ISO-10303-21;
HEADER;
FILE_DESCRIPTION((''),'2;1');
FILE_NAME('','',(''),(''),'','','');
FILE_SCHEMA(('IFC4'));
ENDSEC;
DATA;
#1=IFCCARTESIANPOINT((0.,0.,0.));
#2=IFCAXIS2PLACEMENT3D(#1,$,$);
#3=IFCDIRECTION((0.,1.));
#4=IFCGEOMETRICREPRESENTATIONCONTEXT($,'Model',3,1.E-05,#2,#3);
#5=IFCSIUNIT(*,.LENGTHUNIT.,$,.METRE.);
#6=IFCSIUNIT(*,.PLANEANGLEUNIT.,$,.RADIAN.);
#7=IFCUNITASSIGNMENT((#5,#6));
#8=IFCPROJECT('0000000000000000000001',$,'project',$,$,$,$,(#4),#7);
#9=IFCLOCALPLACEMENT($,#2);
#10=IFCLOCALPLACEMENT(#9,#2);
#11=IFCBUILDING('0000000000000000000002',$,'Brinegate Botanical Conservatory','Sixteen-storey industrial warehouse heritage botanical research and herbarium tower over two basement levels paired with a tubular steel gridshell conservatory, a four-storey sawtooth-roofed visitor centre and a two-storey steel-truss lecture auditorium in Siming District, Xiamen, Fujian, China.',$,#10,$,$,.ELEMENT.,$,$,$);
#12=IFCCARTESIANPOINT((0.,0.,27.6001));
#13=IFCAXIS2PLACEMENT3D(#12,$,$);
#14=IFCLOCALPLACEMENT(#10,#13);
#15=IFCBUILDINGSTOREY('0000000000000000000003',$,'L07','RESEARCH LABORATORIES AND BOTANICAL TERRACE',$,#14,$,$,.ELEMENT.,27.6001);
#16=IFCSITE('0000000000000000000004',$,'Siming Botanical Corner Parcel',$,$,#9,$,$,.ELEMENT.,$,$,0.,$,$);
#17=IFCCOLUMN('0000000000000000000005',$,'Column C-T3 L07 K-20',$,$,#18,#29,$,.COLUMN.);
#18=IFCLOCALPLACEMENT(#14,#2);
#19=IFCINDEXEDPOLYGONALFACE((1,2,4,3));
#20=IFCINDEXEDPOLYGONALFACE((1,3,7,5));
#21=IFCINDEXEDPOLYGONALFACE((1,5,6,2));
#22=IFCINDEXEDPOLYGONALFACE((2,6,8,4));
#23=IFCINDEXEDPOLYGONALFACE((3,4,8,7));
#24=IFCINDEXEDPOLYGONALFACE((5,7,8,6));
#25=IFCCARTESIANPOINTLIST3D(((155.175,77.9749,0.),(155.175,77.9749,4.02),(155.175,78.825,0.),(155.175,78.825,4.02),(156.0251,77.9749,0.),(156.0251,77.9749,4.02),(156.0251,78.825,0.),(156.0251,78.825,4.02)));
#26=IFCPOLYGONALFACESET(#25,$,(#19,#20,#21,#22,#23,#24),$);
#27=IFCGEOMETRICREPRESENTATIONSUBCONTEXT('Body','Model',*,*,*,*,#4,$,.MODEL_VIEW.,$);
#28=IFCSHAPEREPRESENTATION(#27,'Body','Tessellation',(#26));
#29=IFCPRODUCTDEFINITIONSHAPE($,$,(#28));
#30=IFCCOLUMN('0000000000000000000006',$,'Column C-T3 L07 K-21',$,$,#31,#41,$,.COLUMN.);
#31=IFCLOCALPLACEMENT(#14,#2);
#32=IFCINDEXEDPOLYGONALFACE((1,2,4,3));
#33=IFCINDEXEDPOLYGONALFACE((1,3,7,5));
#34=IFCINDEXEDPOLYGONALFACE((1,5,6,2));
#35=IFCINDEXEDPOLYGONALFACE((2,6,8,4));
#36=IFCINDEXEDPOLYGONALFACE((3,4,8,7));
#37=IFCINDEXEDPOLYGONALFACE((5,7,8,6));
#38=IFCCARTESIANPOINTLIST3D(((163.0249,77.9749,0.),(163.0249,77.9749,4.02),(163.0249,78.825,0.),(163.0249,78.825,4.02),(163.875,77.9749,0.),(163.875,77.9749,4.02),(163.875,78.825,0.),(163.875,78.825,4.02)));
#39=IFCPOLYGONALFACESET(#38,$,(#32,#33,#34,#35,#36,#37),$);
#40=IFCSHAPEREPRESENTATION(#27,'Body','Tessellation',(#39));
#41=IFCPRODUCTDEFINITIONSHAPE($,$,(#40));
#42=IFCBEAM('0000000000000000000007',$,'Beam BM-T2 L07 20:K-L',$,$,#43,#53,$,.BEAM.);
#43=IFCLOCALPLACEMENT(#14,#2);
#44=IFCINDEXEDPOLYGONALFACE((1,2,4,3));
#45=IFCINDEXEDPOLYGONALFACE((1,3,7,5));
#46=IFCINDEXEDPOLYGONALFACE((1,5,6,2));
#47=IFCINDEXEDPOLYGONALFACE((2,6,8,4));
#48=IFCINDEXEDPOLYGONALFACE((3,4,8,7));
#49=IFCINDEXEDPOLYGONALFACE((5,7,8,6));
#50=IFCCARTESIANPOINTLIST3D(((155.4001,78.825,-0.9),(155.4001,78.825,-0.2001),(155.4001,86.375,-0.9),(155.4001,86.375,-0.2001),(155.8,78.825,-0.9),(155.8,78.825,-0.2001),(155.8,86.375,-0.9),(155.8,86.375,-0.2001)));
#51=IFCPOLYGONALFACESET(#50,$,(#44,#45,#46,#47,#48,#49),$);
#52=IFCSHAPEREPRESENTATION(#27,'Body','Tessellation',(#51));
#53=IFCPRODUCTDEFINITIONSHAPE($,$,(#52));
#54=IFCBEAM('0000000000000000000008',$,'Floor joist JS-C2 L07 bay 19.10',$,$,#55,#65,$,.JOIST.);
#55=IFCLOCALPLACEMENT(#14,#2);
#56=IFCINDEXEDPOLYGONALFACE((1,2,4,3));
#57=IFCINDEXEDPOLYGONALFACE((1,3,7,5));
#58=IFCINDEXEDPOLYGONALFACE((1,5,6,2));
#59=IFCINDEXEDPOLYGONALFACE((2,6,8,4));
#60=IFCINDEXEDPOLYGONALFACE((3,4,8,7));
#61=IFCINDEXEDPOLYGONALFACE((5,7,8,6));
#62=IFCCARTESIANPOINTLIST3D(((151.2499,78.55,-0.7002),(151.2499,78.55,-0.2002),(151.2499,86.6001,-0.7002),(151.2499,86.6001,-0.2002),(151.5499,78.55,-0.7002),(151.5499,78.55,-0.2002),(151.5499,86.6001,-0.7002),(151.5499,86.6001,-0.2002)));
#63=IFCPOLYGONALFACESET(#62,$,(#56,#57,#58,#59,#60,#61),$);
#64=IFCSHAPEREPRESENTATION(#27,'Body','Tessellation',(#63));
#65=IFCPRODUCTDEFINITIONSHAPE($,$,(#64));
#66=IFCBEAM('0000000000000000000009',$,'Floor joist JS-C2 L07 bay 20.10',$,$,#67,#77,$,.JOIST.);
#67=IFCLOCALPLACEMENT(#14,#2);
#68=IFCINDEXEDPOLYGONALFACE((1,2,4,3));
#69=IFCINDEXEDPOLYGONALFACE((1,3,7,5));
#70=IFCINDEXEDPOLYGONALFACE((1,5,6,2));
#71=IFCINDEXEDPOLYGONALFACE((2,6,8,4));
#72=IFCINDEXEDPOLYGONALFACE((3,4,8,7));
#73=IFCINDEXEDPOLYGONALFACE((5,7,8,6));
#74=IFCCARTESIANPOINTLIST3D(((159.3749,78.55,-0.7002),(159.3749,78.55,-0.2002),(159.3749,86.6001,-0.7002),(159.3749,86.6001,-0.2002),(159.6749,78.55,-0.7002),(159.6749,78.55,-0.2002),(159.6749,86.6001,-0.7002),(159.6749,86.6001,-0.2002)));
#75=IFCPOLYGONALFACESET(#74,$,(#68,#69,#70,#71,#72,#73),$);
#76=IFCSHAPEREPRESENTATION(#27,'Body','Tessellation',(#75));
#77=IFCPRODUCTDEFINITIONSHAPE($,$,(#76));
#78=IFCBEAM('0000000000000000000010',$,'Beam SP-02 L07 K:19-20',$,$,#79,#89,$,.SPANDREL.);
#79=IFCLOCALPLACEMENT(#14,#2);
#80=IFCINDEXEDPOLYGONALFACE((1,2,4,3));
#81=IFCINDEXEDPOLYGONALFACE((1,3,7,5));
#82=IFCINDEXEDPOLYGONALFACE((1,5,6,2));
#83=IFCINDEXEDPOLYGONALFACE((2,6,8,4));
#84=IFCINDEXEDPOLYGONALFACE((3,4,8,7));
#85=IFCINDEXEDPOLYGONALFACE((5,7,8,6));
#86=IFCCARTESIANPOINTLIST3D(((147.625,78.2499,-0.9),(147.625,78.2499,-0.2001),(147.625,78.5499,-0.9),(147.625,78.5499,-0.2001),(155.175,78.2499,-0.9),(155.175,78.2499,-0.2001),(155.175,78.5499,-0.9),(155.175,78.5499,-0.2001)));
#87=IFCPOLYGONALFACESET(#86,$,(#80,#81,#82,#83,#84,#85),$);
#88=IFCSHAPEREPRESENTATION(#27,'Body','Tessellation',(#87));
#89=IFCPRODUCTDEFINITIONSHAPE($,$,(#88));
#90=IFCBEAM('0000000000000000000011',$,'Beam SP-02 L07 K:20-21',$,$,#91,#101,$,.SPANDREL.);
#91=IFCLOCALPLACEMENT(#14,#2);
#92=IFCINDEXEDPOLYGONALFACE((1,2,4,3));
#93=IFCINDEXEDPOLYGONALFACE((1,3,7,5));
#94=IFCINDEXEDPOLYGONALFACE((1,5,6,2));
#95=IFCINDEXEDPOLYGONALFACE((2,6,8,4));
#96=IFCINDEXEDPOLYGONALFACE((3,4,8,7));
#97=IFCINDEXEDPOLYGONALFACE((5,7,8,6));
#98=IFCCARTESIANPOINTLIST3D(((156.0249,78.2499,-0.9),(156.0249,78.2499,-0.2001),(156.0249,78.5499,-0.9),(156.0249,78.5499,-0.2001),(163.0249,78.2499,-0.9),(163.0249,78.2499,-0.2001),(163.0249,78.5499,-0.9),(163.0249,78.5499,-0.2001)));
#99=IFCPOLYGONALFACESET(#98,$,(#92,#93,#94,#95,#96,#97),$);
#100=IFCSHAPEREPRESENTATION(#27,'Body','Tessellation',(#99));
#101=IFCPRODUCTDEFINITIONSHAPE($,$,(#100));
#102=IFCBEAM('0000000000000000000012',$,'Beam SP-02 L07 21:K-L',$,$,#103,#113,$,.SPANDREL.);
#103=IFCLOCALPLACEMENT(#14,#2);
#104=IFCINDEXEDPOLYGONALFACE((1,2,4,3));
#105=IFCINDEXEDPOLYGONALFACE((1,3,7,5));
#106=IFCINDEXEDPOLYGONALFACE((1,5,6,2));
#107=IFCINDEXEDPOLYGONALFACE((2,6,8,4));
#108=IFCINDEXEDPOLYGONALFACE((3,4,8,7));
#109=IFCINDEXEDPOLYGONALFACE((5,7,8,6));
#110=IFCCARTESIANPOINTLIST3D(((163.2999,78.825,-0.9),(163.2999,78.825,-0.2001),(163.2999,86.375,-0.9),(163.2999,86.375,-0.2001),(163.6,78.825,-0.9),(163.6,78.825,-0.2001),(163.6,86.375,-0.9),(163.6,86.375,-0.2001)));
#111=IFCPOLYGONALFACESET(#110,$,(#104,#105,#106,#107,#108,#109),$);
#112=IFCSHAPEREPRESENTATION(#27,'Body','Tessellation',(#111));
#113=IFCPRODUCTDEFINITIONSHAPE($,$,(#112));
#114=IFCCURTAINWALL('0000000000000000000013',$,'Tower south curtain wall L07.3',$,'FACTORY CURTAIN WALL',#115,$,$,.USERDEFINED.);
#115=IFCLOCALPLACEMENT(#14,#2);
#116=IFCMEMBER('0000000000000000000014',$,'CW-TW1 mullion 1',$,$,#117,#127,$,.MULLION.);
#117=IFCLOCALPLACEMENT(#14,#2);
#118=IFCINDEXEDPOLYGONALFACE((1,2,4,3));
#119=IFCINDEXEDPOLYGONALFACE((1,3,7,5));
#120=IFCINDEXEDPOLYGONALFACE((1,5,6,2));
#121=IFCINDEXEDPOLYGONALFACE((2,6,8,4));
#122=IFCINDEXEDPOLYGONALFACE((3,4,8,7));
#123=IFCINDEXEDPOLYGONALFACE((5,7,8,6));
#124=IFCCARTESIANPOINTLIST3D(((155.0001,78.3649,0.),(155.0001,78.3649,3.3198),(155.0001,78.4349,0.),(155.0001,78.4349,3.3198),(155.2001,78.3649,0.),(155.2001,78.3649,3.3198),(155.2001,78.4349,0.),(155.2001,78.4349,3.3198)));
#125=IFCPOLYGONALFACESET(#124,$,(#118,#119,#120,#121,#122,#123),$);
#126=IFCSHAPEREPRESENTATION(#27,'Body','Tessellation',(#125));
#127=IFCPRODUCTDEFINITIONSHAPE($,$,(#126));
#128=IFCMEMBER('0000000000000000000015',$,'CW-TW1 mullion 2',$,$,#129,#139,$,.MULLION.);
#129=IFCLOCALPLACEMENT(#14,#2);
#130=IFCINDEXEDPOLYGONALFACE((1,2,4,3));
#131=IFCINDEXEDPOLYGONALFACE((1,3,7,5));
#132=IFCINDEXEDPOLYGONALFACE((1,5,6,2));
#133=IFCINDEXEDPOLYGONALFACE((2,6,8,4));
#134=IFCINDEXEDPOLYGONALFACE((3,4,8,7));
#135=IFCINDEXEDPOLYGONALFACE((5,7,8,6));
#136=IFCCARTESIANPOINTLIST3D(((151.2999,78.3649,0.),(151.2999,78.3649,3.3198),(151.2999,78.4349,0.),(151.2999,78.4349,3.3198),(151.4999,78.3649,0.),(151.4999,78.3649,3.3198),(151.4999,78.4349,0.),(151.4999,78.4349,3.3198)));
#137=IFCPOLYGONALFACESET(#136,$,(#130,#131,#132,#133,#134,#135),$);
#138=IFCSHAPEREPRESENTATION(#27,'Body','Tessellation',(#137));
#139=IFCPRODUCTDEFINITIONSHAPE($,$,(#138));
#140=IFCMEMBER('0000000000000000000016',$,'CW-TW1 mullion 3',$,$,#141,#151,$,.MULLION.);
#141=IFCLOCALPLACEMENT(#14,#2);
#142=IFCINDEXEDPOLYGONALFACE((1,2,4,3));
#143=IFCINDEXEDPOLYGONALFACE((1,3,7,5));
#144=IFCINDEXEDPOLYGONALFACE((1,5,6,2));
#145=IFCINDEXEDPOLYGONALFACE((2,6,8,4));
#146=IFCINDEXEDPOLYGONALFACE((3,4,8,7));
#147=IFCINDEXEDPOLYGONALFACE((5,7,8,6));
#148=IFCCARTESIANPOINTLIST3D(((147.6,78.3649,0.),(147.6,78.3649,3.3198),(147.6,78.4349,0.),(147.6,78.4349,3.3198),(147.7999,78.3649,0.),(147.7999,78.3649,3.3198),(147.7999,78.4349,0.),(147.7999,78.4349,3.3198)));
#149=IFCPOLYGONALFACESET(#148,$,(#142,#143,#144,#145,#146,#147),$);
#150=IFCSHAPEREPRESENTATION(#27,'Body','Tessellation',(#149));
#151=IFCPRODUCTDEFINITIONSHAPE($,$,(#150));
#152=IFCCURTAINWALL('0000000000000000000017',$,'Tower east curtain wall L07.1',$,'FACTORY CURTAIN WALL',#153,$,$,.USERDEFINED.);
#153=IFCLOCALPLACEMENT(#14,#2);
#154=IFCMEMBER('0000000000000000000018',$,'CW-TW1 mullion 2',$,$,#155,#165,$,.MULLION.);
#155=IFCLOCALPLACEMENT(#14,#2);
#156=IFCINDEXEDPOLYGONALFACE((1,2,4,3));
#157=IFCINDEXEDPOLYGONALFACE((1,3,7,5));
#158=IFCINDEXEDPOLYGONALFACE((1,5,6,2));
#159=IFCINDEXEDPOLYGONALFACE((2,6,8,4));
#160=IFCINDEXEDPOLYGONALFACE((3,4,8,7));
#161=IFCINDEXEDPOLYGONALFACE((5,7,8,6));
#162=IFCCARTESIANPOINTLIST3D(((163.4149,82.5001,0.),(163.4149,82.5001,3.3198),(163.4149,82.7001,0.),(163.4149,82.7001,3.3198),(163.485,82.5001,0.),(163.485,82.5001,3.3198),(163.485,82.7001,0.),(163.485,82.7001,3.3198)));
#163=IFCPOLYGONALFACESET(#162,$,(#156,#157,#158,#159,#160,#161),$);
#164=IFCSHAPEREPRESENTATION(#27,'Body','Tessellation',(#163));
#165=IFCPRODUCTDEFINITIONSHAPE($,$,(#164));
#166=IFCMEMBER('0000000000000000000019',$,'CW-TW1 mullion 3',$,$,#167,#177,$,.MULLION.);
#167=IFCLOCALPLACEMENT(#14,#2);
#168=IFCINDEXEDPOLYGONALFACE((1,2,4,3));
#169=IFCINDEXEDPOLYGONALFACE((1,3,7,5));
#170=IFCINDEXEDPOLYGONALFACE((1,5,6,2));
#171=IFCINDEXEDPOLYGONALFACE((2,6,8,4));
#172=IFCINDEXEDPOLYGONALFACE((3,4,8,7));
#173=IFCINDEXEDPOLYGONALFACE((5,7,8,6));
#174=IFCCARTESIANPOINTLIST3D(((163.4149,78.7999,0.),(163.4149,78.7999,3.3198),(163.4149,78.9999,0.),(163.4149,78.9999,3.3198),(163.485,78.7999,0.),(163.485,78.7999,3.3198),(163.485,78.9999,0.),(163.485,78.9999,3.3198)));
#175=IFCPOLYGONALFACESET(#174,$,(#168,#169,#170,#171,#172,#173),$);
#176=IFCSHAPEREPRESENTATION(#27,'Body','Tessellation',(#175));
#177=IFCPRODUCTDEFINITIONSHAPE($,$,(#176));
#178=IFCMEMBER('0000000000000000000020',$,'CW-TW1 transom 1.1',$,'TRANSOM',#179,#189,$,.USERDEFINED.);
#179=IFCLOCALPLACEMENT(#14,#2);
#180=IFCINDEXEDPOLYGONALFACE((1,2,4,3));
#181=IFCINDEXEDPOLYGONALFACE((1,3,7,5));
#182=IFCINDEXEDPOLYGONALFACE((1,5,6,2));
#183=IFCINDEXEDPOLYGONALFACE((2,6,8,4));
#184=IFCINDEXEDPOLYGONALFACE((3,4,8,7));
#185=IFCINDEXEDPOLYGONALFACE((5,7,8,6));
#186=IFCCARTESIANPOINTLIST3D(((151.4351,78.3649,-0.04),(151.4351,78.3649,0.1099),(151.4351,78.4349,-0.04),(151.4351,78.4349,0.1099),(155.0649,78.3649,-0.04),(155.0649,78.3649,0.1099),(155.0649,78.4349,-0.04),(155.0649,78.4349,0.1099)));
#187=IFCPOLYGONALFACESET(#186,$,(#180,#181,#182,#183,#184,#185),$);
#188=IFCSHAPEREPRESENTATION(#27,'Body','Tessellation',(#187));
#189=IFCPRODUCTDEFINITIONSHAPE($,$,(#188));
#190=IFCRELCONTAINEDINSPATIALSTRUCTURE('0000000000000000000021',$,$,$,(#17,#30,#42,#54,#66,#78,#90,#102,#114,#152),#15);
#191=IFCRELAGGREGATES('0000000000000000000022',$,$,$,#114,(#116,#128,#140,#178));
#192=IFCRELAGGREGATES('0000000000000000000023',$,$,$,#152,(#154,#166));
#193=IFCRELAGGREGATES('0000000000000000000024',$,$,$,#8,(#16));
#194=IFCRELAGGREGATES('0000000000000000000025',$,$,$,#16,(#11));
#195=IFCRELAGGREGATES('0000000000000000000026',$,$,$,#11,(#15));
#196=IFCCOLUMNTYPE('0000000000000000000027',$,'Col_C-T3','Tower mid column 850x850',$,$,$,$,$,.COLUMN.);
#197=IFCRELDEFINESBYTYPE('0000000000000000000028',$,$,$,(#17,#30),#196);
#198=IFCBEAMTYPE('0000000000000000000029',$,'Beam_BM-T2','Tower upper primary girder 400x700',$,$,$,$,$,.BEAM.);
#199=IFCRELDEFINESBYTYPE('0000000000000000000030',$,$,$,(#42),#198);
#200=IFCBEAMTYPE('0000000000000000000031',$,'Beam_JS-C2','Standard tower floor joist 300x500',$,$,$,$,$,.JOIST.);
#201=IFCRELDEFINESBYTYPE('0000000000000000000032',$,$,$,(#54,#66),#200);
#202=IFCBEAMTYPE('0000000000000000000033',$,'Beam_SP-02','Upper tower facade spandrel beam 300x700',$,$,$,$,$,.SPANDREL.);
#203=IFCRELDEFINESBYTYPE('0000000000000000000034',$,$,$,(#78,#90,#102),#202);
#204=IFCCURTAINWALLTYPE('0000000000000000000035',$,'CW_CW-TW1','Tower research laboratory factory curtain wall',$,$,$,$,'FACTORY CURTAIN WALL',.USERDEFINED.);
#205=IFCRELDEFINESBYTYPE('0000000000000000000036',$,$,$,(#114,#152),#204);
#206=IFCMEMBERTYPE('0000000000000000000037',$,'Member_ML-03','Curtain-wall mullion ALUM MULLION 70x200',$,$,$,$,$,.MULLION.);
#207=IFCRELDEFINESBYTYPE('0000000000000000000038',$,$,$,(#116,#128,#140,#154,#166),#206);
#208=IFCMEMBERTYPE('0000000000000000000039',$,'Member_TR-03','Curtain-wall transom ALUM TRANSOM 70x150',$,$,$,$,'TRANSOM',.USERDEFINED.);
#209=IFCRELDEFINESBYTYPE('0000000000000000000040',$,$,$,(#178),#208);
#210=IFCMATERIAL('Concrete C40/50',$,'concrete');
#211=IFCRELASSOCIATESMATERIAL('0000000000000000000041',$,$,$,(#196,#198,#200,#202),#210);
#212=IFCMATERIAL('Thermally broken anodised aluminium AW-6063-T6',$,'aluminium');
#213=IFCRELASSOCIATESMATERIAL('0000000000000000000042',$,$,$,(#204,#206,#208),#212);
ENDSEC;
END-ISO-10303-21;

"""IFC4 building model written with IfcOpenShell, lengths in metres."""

from ifc_helpers import new_model, si_unit, direction, frame, origin, origin_2d, place, context, subcontext, project, spatial, rectangle, extrude, material, material_profile, profile_set, type_object, element, aggregate, save


model = new_model("IFC4")

# Units and contexts
model_context = context("Model", 3, precision=1e-05, world=origin(), true_north=direction((0.0, 1.0)))
body_context = subcontext(model_context, "Body", "Model", "MODEL_VIEW")
ifc_project = project(units=[si_unit("LENGTHUNIT", "METRE"), si_unit("PLANEANGLEUNIT", "RADIAN")], contexts=[model_context])

# Site, building, storey
site_placement = place(None, origin())
site = spatial("IfcSite", under=ifc_project, at=site_placement, Name="Siming Botanical Corner Parcel", CompositionType="ELEMENT", RefElevation=0.0)
building_placement = place(site_placement, origin())
building = spatial("IfcBuilding", under=site, at=building_placement, Name="Brinegate Botanical Conservatory", Description="Sixteen-storey industrial warehouse heritage botanical research and herbarium tower over two basement levels paired with a tubular steel gridshell conservatory, a four-storey sawtooth-roofed visitor centre and a two-storey steel-truss lecture auditorium in Siming District, Xiamen, Fujian, China.", CompositionType="ELEMENT")
storey_placement = place(building_placement, frame((0.0, 0.0, 27.6001)))
storey = spatial("IfcBuildingStorey", under=building, at=storey_placement, Name="L07", Description="RESEARCH LABORATORIES AND BOTANICAL TERRACE", CompositionType="ELEMENT", Elevation=27.6001)

# Columns
ifc_material_1 = material(Name="Concrete C40/50", Category="concrete")
ifc_material_profile_1 = material_profile(ifc_material_1, rectangle(XDim=0.8501, YDim=0.8501, at=origin_2d()), Name="RC COL 850x850")
ifc_profile_set_1 = profile_set([ifc_material_profile_1], Name="Concrete C40/50")
column_type = type_object("IfcColumnType", Name="Col_C-T3", Description="Tower mid column 850x850", PredefinedType="COLUMN", material=ifc_profile_set_1)
for number, where, z_axis, x_axis, name in (
    (1, (155.6001, 78.3999, 0.0), (0.0, 0.0, 1.0), (1.0, 0.0, 0.0), "Column C-T3 L07 K-20"),
    (2, (163.45, 78.3999, 0.0), (0.0, 0.0, 1.0), (1.0, 0.0, 0.0), "Column C-T3 L07 K-21"),
):
    element("IfcColumn", number, at=place(storey_placement, frame(where, z_axis=z_axis, x_axis=x_axis)), inside=storey, type_object=column_type, Name=name, PredefinedType="COLUMN", context=body_context, shape_type="SweptSolid", body=[
        extrude(rectangle(XDim=0.8501, YDim=0.8501, at=origin_2d()), origin(), (0.0, 0.0, 1.0), 4.02),
    ])

# Beams
ifc_material_profile_2 = material_profile(ifc_material_1, rectangle(XDim=0.3999, YDim=0.7, at=origin_2d()), Name="RC BM 400x700")
ifc_profile_set_2 = profile_set([ifc_material_profile_2], Name="Concrete C40/50")
beam_type_1 = type_object("IfcBeamType", Name="Beam_BM-T2", Description="Tower upper primary girder 400x700", PredefinedType="BEAM", material=ifc_profile_set_2)
beam_1_placement = place(storey_placement, frame((155.6001, 78.825, -0.55), z_axis=(0.0, 1.0, 0.0), x_axis=(-1.0, 0.0, 0.0)))
element("IfcBeam", 3, at=beam_1_placement, inside=storey, type_object=beam_type_1, Name="Beam BM-T2 L07 20:K-L", PredefinedType="BEAM", context=body_context, shape_type="SweptSolid", body=[
    extrude(rectangle(XDim=0.3999, YDim=0.7, at=origin_2d()), origin(), (0.0, 0.0, 1.0), 7.55),
])
ifc_material_profile_3 = material_profile(ifc_material_1, rectangle(XDim=0.3, YDim=0.5, at=origin_2d()), Name="RC JST 300x500")
ifc_profile_set_3 = profile_set([ifc_material_profile_3], Name="Concrete C40/50")
beam_type_2 = type_object("IfcBeamType", Name="Beam_JS-C2", Description="Standard tower floor joist 300x500", PredefinedType="JOIST", material=ifc_profile_set_3)
for number, where, z_axis, x_axis, name in (
    (4, (151.3999, 78.55, -0.4502), (0.0, 1.0, 0.0), (-1.0, 0.0, 0.0), "Floor joist JS-C2 L07 bay 19.10"),
    (5, (159.5249, 78.55, -0.4502), (0.0, 1.0, 0.0), (-1.0, 0.0, 0.0), "Floor joist JS-C2 L07 bay 20.10"),
):
    element("IfcBeam", number, at=place(storey_placement, frame(where, z_axis=z_axis, x_axis=x_axis)), inside=storey, type_object=beam_type_2, Name=name, PredefinedType="JOIST", context=body_context, shape_type="SweptSolid", body=[
        extrude(rectangle(XDim=0.3, YDim=0.5, at=origin_2d()), origin(), (0.0, 0.0, 1.0), 8.05),
    ])
ifc_material_profile_4 = material_profile(ifc_material_1, rectangle(XDim=0.3, YDim=0.7, at=origin_2d()), Name="RC SPN 300x700")
ifc_profile_set_4 = profile_set([ifc_material_profile_4], Name="Concrete C40/50")
beam_type_3 = type_object("IfcBeamType", Name="Beam_SP-02", Description="Upper tower facade spandrel beam 300x700", PredefinedType="SPANDREL", material=ifc_profile_set_4)
beam_2_placement = place(storey_placement, frame((147.625, 78.3999, -0.55), z_axis=(1.0, 0.0, 0.0), x_axis=(0.0, 1.0, 0.0)))
element("IfcBeam", 6, at=beam_2_placement, inside=storey, type_object=beam_type_3, Name="Beam SP-02 L07 K:19-20", PredefinedType="SPANDREL", context=body_context, shape_type="SweptSolid", body=[
    extrude(rectangle(XDim=0.3, YDim=0.7, at=origin_2d()), origin(), (0.0, 0.0, 1.0), 7.55),
])
beam_3_placement = place(storey_placement, frame((156.0249, 78.3999, -0.55), z_axis=(1.0, 0.0, 0.0), x_axis=(0.0, 1.0, 0.0)))
element("IfcBeam", 7, at=beam_3_placement, inside=storey, type_object=beam_type_3, Name="Beam SP-02 L07 K:20-21", PredefinedType="SPANDREL", context=body_context, shape_type="SweptSolid", body=[
    extrude(rectangle(XDim=0.3, YDim=0.7, at=origin_2d()), origin(), (0.0, 0.0, 1.0), 7.0),
])
beam_4_placement = place(storey_placement, frame((163.45, 78.825, -0.55), z_axis=(0.0, 1.0, 0.0), x_axis=(-1.0, 0.0, 0.0)))
element("IfcBeam", 8, at=beam_4_placement, inside=storey, type_object=beam_type_3, Name="Beam SP-02 L07 21:K-L", PredefinedType="SPANDREL", context=body_context, shape_type="SweptSolid", body=[
    extrude(rectangle(XDim=0.3, YDim=0.7, at=origin_2d()), origin(), (0.0, 0.0, 1.0), 7.55),
])

# Curtain walls, members
ifc_material_2 = material(Name="Thermally broken anodised aluminium AW-6063-T6", Category="aluminium")
curtain_wall_type = type_object("IfcCurtainWallType", Name="CW_CW-TW1", Description="Tower research laboratory factory curtain wall", ElementType="FACTORY CURTAIN WALL", PredefinedType="USERDEFINED", material=ifc_material_2)
curtain_wall_1_placement = place(storey_placement, origin())
curtain_wall_1 = element("IfcCurtainWall", 9, at=curtain_wall_1_placement, inside=storey, type_object=curtain_wall_type, Name="Tower south curtain wall L07.3", ObjectType="FACTORY CURTAIN WALL", PredefinedType="USERDEFINED")
ifc_material_profile_5 = material_profile(ifc_material_2, rectangle(XDim=0.0701, YDim=0.2, at=origin_2d()), Name="ALUM MULLION 70x200")
ifc_profile_set_5 = profile_set([ifc_material_profile_5], Name="Thermally broken anodised aluminium AW-6063-T6")
member_type_1 = type_object("IfcMemberType", Name="Member_ML-03", Description="Curtain-wall mullion ALUM MULLION 70x200", PredefinedType="MULLION", material=ifc_profile_set_5)
member_1_placement = place(storey_placement, frame((155.1001, 78.3999, 0.0), z_axis=(0.0, 0.0, 1.0), x_axis=(0.0, -1.0, 0.0)))
member_1 = element("IfcMember", 10, at=member_1_placement, type_object=member_type_1, Name="CW-TW1 mullion 1", PredefinedType="MULLION", context=body_context, shape_type="SweptSolid", body=[
    extrude(rectangle(XDim=0.0701, YDim=0.2, at=origin_2d()), origin(), (0.0, 0.0, 1.0), 3.3198),
])
member_2_placement = place(storey_placement, frame((151.3999, 78.3999, 0.0), z_axis=(0.0, 0.0, 1.0), x_axis=(0.0, -1.0, 0.0)))
member_2 = element("IfcMember", 11, at=member_2_placement, type_object=member_type_1, Name="CW-TW1 mullion 2", PredefinedType="MULLION", context=body_context, shape_type="SweptSolid", body=[
    extrude(rectangle(XDim=0.0701, YDim=0.2, at=origin_2d()), origin(), (0.0, 0.0, 1.0), 3.3198),
])
member_3_placement = place(storey_placement, frame((147.7, 78.3999, 0.0), z_axis=(0.0, 0.0, 1.0), x_axis=(0.0, -1.0, 0.0)))
member_3 = element("IfcMember", 12, at=member_3_placement, type_object=member_type_1, Name="CW-TW1 mullion 3", PredefinedType="MULLION", context=body_context, shape_type="SweptSolid", body=[
    extrude(rectangle(XDim=0.0701, YDim=0.2, at=origin_2d()), origin(), (0.0, 0.0, 1.0), 3.3198),
])
curtain_wall_2_placement = place(storey_placement, origin())
curtain_wall_2 = element("IfcCurtainWall", 13, at=curtain_wall_2_placement, inside=storey, type_object=curtain_wall_type, Name="Tower east curtain wall L07.1", ObjectType="FACTORY CURTAIN WALL", PredefinedType="USERDEFINED")
member_4_placement = place(storey_placement, frame((163.45, 82.6001, 0.0), z_axis=(0.0, 0.0, 1.0), x_axis=(1.0, 0.0, 0.0)))
member_4 = element("IfcMember", 14, at=member_4_placement, type_object=member_type_1, Name="CW-TW1 mullion 2", PredefinedType="MULLION", context=body_context, shape_type="SweptSolid", body=[
    extrude(rectangle(XDim=0.0701, YDim=0.2, at=origin_2d()), origin(), (0.0, 0.0, 1.0), 3.3198),
])
member_5_placement = place(storey_placement, frame((163.45, 78.8999, 0.0), z_axis=(0.0, 0.0, 1.0), x_axis=(1.0, 0.0, 0.0)))
member_5 = element("IfcMember", 15, at=member_5_placement, type_object=member_type_1, Name="CW-TW1 mullion 3", PredefinedType="MULLION", context=body_context, shape_type="SweptSolid", body=[
    extrude(rectangle(XDim=0.0701, YDim=0.2, at=origin_2d()), origin(), (0.0, 0.0, 1.0), 3.3198),
])

# Member
ifc_material_profile_6 = material_profile(ifc_material_2, rectangle(XDim=0.0701, YDim=0.1499, at=origin_2d()), Name="ALUM TRANSOM 70x150")
ifc_profile_set_6 = profile_set([ifc_material_profile_6], Name="Thermally broken anodised aluminium AW-6063-T6")
member_type_2 = type_object("IfcMemberType", Name="Member_TR-03", Description="Curtain-wall transom ALUM TRANSOM 70x150", ElementType="TRANSOM", PredefinedType="USERDEFINED", material=ifc_profile_set_6)
member_6_placement = place(storey_placement, frame((155.0649, 78.3999, 0.0349), z_axis=(-1.0, 0.0, 0.0), x_axis=(0.0, -1.0, 0.0)))
member_6 = element("IfcMember", 16, at=member_6_placement, type_object=member_type_2, Name="CW-TW1 transom 1.1", ObjectType="TRANSOM", PredefinedType="USERDEFINED", context=body_context, shape_type="SweptSolid", body=[
    extrude(rectangle(XDim=0.0701, YDim=0.1499, at=origin_2d()), origin(), (0.0, 0.0, 1.0), 3.6299),
])

aggregate(curtain_wall_1, [member_1, member_2, member_3, member_6])
aggregate(curtain_wall_2, [member_4, member_5])

save(model, "model.ifc")
